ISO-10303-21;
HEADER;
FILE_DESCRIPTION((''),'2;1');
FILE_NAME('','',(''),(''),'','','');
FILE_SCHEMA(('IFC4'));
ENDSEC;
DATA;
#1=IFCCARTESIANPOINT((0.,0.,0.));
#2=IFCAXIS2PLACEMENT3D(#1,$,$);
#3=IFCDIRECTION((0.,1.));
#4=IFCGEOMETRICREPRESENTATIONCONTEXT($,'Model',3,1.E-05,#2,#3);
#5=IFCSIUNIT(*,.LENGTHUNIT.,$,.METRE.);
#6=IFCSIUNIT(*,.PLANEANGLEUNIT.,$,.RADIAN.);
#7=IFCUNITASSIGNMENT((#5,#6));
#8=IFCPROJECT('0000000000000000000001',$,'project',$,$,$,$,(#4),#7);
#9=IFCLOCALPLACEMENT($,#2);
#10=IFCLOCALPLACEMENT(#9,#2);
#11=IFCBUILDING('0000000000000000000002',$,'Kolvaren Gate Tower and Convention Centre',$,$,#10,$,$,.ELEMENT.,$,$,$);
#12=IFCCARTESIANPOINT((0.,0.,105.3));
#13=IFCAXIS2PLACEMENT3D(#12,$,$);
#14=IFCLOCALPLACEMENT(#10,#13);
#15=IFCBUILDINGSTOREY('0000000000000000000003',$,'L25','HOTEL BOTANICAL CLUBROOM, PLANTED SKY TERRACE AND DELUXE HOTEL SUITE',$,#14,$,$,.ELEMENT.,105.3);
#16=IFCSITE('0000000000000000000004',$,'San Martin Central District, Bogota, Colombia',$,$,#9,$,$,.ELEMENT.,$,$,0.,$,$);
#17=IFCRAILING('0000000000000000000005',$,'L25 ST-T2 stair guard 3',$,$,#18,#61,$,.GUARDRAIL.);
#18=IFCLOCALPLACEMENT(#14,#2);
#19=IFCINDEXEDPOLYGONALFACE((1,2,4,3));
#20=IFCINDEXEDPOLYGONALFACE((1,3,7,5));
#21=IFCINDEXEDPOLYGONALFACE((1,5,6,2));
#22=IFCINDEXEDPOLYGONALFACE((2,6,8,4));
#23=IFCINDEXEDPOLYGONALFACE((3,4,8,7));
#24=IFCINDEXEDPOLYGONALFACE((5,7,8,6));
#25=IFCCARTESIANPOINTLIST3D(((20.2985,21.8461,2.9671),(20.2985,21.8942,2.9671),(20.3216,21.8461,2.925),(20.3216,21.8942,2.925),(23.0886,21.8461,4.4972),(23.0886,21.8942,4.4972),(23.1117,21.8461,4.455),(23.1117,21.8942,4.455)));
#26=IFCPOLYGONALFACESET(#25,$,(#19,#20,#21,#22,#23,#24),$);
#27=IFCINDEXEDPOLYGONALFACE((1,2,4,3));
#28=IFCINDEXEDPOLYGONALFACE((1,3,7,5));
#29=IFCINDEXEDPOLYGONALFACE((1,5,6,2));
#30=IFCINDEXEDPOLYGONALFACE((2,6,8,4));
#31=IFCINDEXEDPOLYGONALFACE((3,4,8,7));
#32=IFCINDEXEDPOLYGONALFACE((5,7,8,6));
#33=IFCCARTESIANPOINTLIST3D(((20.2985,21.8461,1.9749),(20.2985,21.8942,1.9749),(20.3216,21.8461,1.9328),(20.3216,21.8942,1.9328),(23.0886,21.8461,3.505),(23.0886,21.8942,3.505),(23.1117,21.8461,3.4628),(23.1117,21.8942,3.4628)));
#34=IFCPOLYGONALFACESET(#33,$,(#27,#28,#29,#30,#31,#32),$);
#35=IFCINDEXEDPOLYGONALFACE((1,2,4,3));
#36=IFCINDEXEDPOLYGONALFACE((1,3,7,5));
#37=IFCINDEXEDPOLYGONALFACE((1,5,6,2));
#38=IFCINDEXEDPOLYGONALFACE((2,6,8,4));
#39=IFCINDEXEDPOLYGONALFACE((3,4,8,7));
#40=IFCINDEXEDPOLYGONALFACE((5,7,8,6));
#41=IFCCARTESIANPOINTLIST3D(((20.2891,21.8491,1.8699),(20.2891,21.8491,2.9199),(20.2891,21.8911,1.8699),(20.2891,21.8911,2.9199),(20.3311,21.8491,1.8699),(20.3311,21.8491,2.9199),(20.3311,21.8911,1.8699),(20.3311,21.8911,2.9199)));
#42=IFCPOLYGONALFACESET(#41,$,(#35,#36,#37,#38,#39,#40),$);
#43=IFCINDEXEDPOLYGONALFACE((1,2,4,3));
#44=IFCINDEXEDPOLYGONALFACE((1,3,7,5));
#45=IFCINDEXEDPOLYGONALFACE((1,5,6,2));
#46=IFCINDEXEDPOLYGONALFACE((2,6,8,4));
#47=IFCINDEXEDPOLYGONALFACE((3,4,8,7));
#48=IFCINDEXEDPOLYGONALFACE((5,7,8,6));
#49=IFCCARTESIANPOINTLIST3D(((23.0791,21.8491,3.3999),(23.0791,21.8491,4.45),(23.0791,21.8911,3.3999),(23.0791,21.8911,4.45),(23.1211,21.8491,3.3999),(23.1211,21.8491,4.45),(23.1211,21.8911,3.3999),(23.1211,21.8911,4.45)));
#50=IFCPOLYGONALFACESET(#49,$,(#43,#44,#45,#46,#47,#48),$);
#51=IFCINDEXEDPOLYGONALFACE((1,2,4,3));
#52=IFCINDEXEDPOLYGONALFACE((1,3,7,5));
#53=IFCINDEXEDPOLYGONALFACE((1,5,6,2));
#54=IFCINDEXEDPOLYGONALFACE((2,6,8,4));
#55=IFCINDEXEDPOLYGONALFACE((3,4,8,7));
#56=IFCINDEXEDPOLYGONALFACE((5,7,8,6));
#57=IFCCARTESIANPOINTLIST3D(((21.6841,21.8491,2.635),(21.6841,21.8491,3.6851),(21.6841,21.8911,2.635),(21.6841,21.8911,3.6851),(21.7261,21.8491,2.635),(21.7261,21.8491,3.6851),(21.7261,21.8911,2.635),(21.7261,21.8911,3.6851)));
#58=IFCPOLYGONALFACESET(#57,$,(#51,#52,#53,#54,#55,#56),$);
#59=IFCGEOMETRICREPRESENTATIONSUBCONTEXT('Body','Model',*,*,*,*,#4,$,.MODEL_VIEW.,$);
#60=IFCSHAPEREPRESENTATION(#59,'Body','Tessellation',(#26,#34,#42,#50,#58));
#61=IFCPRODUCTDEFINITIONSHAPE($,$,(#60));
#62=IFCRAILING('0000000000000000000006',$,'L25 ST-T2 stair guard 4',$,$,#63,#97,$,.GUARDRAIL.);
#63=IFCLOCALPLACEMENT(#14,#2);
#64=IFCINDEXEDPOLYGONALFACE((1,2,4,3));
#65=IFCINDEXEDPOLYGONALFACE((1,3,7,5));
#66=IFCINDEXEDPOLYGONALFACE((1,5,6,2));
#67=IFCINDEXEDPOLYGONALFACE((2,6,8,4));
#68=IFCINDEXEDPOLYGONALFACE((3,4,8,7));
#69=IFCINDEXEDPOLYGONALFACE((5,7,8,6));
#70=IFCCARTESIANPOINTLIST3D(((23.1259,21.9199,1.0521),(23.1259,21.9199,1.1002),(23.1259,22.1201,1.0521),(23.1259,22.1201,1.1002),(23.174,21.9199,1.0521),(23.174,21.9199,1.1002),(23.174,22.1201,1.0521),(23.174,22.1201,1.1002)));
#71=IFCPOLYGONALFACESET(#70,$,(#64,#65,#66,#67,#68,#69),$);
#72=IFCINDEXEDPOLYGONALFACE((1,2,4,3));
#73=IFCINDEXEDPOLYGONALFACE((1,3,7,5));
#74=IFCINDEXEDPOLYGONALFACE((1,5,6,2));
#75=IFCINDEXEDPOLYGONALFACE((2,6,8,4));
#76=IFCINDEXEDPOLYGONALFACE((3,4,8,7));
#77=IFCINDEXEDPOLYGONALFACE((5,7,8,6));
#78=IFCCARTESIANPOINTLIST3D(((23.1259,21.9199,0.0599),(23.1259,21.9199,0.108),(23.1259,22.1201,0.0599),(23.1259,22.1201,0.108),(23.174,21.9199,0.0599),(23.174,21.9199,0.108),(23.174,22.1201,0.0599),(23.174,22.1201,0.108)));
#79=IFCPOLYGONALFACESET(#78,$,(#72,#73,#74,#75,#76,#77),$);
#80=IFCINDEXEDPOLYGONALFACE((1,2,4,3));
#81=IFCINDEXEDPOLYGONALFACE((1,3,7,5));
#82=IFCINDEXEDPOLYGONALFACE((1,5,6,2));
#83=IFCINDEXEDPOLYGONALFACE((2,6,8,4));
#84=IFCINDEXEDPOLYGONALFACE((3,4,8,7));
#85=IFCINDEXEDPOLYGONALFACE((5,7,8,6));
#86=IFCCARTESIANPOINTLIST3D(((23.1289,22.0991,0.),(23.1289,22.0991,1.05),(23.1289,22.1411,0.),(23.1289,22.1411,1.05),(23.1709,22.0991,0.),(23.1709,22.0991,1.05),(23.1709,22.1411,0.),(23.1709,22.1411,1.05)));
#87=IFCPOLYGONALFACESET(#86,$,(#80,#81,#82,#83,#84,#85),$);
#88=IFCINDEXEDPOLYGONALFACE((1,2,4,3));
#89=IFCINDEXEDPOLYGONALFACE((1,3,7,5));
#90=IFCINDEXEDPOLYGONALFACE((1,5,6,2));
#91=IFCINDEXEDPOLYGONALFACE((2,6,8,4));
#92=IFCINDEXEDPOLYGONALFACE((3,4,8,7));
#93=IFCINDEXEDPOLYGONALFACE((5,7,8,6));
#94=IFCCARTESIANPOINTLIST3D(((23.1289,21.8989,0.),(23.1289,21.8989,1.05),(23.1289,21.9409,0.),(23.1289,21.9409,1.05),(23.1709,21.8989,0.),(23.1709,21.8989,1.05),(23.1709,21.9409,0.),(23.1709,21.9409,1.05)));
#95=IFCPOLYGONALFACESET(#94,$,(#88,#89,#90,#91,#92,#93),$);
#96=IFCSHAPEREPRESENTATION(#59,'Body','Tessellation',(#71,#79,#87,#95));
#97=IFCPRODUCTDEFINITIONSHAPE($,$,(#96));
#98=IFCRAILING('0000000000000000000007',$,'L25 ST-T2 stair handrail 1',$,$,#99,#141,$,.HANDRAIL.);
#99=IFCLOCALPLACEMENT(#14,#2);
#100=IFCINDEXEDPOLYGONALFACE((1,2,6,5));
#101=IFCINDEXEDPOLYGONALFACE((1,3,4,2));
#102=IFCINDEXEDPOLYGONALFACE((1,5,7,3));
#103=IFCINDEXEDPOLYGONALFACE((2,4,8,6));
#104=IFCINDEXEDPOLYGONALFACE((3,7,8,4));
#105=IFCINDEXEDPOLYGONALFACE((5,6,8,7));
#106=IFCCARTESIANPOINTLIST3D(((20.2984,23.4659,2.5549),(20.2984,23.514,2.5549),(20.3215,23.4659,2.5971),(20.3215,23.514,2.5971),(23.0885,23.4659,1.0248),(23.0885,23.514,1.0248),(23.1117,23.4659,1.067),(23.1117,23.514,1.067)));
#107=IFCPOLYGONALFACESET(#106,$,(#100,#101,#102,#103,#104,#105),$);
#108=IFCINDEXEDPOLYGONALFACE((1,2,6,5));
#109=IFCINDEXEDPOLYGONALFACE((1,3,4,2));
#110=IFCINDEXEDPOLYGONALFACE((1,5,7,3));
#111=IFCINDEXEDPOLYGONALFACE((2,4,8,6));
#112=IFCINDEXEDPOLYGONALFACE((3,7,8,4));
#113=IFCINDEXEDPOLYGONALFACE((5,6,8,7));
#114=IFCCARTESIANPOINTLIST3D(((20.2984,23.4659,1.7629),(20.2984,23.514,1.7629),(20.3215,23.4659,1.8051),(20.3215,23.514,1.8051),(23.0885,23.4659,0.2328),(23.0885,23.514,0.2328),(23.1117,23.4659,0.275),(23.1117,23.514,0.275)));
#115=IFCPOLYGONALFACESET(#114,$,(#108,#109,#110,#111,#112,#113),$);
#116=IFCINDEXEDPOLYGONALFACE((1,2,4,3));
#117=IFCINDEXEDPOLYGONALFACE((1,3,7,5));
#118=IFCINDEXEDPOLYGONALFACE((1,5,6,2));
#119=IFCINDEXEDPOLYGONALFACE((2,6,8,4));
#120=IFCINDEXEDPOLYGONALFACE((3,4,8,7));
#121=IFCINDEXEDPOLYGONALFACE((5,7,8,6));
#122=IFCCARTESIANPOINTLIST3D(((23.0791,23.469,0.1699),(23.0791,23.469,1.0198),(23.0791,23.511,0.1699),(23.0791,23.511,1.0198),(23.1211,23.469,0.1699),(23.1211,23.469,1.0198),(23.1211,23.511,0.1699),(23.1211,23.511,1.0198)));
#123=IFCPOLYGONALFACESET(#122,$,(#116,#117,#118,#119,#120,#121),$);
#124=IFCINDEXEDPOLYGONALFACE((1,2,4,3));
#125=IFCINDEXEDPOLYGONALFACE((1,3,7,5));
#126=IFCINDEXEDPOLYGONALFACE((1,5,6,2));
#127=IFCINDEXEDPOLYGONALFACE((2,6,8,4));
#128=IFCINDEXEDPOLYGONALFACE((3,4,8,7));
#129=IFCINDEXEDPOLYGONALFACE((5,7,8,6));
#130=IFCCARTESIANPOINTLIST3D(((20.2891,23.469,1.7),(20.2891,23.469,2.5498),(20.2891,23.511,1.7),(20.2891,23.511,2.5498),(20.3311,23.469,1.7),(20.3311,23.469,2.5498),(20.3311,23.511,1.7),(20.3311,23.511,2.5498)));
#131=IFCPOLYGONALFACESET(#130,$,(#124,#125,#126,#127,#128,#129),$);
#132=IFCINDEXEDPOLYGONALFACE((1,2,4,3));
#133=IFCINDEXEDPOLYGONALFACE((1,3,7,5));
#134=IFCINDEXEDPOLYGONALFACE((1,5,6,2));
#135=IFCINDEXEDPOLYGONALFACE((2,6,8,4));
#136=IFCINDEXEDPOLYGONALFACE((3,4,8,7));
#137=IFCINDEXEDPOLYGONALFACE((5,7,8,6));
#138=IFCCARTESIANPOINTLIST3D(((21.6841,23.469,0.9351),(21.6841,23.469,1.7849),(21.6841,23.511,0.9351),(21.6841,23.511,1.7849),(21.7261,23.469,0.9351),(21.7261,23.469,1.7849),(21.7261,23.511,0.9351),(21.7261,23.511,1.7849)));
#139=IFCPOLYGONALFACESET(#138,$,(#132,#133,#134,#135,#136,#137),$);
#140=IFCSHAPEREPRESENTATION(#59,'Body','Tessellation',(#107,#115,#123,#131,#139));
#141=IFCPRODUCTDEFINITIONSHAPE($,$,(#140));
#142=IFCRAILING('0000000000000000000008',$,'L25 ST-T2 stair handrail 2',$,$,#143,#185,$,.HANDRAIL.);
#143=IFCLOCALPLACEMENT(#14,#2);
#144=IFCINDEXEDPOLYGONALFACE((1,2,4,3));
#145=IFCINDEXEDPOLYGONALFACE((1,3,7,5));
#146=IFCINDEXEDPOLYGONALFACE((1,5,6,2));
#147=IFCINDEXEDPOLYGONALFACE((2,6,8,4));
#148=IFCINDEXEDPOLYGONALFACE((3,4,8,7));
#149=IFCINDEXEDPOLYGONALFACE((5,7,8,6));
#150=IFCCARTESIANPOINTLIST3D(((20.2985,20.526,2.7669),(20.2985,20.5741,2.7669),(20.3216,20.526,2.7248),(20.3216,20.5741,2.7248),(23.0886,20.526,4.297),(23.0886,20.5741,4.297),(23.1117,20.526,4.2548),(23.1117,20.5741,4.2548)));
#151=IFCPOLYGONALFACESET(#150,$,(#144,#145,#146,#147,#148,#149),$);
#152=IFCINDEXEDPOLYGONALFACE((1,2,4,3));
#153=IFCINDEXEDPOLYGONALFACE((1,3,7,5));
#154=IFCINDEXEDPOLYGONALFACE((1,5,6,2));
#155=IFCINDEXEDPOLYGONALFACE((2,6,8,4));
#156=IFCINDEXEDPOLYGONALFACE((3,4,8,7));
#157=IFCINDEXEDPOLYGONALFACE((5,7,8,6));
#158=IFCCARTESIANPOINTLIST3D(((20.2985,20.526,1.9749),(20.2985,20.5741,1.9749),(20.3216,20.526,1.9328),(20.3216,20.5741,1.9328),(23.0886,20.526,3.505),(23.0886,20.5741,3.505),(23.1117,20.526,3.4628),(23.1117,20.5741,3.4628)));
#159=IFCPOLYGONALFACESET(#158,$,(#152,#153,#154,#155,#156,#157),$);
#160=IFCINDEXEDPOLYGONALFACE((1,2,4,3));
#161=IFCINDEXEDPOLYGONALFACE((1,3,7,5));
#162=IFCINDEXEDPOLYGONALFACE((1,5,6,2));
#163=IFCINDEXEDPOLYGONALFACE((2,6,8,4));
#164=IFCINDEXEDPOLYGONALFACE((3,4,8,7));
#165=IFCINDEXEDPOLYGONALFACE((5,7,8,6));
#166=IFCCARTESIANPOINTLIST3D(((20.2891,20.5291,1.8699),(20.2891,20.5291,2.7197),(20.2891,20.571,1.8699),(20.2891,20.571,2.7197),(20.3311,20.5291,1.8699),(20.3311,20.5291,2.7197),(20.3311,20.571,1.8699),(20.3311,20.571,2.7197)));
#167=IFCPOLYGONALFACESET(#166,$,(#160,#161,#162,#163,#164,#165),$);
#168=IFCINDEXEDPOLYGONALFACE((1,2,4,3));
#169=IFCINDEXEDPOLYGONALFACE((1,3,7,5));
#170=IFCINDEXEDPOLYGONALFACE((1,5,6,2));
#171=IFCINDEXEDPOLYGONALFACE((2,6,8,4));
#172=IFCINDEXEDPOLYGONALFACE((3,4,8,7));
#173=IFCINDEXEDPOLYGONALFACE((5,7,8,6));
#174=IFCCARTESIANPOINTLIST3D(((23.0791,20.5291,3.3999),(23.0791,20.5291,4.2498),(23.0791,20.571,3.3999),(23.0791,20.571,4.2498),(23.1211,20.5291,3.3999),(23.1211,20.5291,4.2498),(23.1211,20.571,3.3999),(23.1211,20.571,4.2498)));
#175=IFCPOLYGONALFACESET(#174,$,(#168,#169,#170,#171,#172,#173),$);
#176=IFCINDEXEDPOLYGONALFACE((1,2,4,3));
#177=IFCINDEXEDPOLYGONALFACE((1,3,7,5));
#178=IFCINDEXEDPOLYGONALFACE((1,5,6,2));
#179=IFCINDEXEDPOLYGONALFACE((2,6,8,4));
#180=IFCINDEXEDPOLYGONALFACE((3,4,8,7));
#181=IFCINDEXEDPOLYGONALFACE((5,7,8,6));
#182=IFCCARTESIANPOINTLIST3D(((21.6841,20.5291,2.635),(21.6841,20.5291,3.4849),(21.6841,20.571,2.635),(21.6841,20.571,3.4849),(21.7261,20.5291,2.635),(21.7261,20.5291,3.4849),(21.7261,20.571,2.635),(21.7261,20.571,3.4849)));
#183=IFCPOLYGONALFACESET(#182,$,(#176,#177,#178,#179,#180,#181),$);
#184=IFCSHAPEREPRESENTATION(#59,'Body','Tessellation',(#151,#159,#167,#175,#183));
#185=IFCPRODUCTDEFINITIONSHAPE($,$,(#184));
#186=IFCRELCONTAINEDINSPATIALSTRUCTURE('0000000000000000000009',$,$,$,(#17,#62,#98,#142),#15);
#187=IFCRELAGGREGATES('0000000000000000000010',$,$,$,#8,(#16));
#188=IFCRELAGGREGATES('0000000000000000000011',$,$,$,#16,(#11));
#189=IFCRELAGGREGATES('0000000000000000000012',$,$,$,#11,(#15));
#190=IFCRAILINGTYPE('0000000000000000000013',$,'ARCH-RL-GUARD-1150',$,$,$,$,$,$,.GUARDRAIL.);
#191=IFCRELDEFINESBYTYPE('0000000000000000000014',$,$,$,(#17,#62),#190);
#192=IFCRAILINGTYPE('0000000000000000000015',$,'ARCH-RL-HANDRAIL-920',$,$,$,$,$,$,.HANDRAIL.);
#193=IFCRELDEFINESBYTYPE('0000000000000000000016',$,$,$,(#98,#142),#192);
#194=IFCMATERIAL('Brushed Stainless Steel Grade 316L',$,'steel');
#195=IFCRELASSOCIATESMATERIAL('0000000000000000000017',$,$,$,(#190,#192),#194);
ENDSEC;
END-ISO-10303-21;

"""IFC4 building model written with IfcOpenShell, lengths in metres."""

from ifc_helpers import new_model, si_unit, direction, frame, origin, origin_2d, place, context, subcontext, project, spatial, rectangle, extrude, material, type_object, element, save


model = new_model("IFC4")

# Units and contexts
model_context = context("Model", 3, precision=1e-05, world=origin(), true_north=direction((0.0, 1.0)))
body_context = subcontext(model_context, "Body", "Model", "MODEL_VIEW")
ifc_project = project(units=[si_unit("LENGTHUNIT", "METRE"), si_unit("PLANEANGLEUNIT", "RADIAN")], contexts=[model_context])

# Site, building, storey
site_placement = place(None, origin())
site = spatial("IfcSite", under=ifc_project, at=site_placement, Name="San Martin Central District, Bogota, Colombia", CompositionType="ELEMENT", RefElevation=0.0)
building_placement = place(site_placement, origin())
building = spatial("IfcBuilding", under=site, at=building_placement, Name="Kolvaren Gate Tower and Convention Centre", CompositionType="ELEMENT")
storey_placement = place(building_placement, frame((0.0, 0.0, 105.3)))
storey = spatial("IfcBuildingStorey", under=building, at=storey_placement, Name="L25", Description="HOTEL BOTANICAL CLUBROOM, PLANTED SKY TERRACE AND DELUXE HOTEL SUITE", CompositionType="ELEMENT", Elevation=105.3)

# Railings
ifc_material_1 = material(Name="Brushed Stainless Steel Grade 316L", Category="steel")
railing_type_1 = type_object("IfcRailingType", Name="ARCH-RL-GUARD-1150", PredefinedType="GUARDRAIL", material=ifc_material_1)
railing_1_placement = place(storey_placement, frame((20.3101, 21.8701, 1.8699)))
element("IfcRailing", 1, at=railing_1_placement, inside=storey, type_object=railing_type_1, Name="L25 ST-T2 stair guard 3", PredefinedType="GUARDRAIL", context=body_context, shape_type="SweptSolid", body=[
    extrude(rectangle(XDim=0.0481, YDim=0.0481, at=origin_2d()), frame((0.0, 0.0, 1.0762), z_axis=(0.876811, 0.0, 0.480835), x_axis=(0.0, 1.0, 0.0)), (0.0, 0.0, 1.0), 3.1821),
    extrude(rectangle(XDim=0.0481, YDim=0.0481, at=origin_2d()), frame((0.0, 0.0, 0.084), z_axis=(0.876811, 0.0, 0.480835), x_axis=(0.0, 1.0, 0.0)), (0.0, 0.0, 1.0), 3.1821),
    extrude(rectangle(XDim=0.042, YDim=0.042, at=origin_2d()), origin(), (0.0, 0.0, 1.0), 1.05),
    extrude(rectangle(XDim=0.042, YDim=0.042, at=origin_2d()), frame((2.79, 0.0, 1.53)), (0.0, 0.0, 1.0), 1.05),
    extrude(rectangle(XDim=0.042, YDim=0.042, at=origin_2d()), frame((1.395, 0.0, 0.7651)), (0.0, 0.0, 1.0), 1.05),
])
railing_2_placement = place(storey_placement, frame((23.1499, 22.1201, 0.0)))
element("IfcRailing", 2, at=railing_2_placement, inside=storey, type_object=railing_type_1, Name="L25 ST-T2 stair guard 4", PredefinedType="GUARDRAIL", context=body_context, shape_type="SweptSolid", body=[
    extrude(rectangle(XDim=0.0481, YDim=0.0481, at=origin_2d()), frame((0.0, 0.0, 1.0762), z_axis=(0.0, -1.0, 0.0), x_axis=(1.0, 0.0, 0.0)), (0.0, 0.0, 1.0), 0.2002),
    extrude(rectangle(XDim=0.0481, YDim=0.0481, at=origin_2d()), frame((0.0, 0.0, 0.084), z_axis=(0.0, -1.0, 0.0), x_axis=(1.0, 0.0, 0.0)), (0.0, 0.0, 1.0), 0.2002),
    extrude(rectangle(XDim=0.042, YDim=0.042, at=origin_2d()), origin(), (0.0, 0.0, 1.0), 1.05),
    extrude(rectangle(XDim=0.042, YDim=0.042, at=origin_2d()), frame((0.0, -0.2002, 0.0)), (0.0, 0.0, 1.0), 1.05),
])
railing_type_2 = type_object("IfcRailingType", Name="ARCH-RL-HANDRAIL-920", PredefinedType="HANDRAIL", material=ifc_material_1)
railing_3_placement = place(storey_placement, frame((23.1001, 23.49, 0.1699)))
element("IfcRailing", 3, at=railing_3_placement, inside=storey, type_object=railing_type_2, Name="L25 ST-T2 stair handrail 1", PredefinedType="HANDRAIL", context=body_context, shape_type="SweptSolid", body=[
    extrude(rectangle(XDim=0.0481, YDim=0.0481, at=origin_2d()), frame((0.0, 0.0, 0.876), z_axis=(-0.876811, 0.0, 0.480835), x_axis=(0.0, -1.0, 0.0)), (0.0, 0.0, 1.0), 3.1821),
    extrude(rectangle(XDim=0.0481, YDim=0.0481, at=origin_2d()), frame((0.0, 0.0, 0.084), z_axis=(-0.876811, 0.0, 0.480835), x_axis=(0.0, -1.0, 0.0)), (0.0, 0.0, 1.0), 3.1821),
    extrude(rectangle(XDim=0.042, YDim=0.042, at=origin_2d()), origin(), (0.0, 0.0, 1.0), 0.8499),
    extrude(rectangle(XDim=0.042, YDim=0.042, at=origin_2d()), frame((-2.79, 0.0, 1.53)), (0.0, 0.0, 1.0), 0.8499),
    extrude(rectangle(XDim=0.042, YDim=0.042, at=origin_2d()), frame((-1.395, 0.0, 0.7651)), (0.0, 0.0, 1.0), 0.8499),
])
railing_4_placement = place(storey_placement, frame((20.3101, 20.55, 1.8699)))
element("IfcRailing", 4, at=railing_4_placement, inside=storey, type_object=railing_type_2, Name="L25 ST-T2 stair handrail 2", PredefinedType="HANDRAIL", context=body_context, shape_type="SweptSolid", body=[
    extrude(rectangle(XDim=0.0481, YDim=0.0481, at=origin_2d()), frame((0.0, 0.0, 0.876), z_axis=(0.876811, 0.0, 0.480835), x_axis=(0.0, 1.0, 0.0)), (0.0, 0.0, 1.0), 3.1821),
    extrude(rectangle(XDim=0.0481, YDim=0.0481, at=origin_2d()), frame((0.0, 0.0, 0.084), z_axis=(0.876811, 0.0, 0.480835), x_axis=(0.0, 1.0, 0.0)), (0.0, 0.0, 1.0), 3.1821),
    extrude(rectangle(XDim=0.042, YDim=0.042, at=origin_2d()), origin(), (0.0, 0.0, 1.0), 0.8499),
    extrude(rectangle(XDim=0.042, YDim=0.042, at=origin_2d()), frame((2.79, 0.0, 1.53)), (0.0, 0.0, 1.0), 0.8499),
    extrude(rectangle(XDim=0.042, YDim=0.042, at=origin_2d()), frame((1.395, 0.0, 0.7651)), (0.0, 0.0, 1.0), 0.8499),
])

save(model, "model.ifc")
